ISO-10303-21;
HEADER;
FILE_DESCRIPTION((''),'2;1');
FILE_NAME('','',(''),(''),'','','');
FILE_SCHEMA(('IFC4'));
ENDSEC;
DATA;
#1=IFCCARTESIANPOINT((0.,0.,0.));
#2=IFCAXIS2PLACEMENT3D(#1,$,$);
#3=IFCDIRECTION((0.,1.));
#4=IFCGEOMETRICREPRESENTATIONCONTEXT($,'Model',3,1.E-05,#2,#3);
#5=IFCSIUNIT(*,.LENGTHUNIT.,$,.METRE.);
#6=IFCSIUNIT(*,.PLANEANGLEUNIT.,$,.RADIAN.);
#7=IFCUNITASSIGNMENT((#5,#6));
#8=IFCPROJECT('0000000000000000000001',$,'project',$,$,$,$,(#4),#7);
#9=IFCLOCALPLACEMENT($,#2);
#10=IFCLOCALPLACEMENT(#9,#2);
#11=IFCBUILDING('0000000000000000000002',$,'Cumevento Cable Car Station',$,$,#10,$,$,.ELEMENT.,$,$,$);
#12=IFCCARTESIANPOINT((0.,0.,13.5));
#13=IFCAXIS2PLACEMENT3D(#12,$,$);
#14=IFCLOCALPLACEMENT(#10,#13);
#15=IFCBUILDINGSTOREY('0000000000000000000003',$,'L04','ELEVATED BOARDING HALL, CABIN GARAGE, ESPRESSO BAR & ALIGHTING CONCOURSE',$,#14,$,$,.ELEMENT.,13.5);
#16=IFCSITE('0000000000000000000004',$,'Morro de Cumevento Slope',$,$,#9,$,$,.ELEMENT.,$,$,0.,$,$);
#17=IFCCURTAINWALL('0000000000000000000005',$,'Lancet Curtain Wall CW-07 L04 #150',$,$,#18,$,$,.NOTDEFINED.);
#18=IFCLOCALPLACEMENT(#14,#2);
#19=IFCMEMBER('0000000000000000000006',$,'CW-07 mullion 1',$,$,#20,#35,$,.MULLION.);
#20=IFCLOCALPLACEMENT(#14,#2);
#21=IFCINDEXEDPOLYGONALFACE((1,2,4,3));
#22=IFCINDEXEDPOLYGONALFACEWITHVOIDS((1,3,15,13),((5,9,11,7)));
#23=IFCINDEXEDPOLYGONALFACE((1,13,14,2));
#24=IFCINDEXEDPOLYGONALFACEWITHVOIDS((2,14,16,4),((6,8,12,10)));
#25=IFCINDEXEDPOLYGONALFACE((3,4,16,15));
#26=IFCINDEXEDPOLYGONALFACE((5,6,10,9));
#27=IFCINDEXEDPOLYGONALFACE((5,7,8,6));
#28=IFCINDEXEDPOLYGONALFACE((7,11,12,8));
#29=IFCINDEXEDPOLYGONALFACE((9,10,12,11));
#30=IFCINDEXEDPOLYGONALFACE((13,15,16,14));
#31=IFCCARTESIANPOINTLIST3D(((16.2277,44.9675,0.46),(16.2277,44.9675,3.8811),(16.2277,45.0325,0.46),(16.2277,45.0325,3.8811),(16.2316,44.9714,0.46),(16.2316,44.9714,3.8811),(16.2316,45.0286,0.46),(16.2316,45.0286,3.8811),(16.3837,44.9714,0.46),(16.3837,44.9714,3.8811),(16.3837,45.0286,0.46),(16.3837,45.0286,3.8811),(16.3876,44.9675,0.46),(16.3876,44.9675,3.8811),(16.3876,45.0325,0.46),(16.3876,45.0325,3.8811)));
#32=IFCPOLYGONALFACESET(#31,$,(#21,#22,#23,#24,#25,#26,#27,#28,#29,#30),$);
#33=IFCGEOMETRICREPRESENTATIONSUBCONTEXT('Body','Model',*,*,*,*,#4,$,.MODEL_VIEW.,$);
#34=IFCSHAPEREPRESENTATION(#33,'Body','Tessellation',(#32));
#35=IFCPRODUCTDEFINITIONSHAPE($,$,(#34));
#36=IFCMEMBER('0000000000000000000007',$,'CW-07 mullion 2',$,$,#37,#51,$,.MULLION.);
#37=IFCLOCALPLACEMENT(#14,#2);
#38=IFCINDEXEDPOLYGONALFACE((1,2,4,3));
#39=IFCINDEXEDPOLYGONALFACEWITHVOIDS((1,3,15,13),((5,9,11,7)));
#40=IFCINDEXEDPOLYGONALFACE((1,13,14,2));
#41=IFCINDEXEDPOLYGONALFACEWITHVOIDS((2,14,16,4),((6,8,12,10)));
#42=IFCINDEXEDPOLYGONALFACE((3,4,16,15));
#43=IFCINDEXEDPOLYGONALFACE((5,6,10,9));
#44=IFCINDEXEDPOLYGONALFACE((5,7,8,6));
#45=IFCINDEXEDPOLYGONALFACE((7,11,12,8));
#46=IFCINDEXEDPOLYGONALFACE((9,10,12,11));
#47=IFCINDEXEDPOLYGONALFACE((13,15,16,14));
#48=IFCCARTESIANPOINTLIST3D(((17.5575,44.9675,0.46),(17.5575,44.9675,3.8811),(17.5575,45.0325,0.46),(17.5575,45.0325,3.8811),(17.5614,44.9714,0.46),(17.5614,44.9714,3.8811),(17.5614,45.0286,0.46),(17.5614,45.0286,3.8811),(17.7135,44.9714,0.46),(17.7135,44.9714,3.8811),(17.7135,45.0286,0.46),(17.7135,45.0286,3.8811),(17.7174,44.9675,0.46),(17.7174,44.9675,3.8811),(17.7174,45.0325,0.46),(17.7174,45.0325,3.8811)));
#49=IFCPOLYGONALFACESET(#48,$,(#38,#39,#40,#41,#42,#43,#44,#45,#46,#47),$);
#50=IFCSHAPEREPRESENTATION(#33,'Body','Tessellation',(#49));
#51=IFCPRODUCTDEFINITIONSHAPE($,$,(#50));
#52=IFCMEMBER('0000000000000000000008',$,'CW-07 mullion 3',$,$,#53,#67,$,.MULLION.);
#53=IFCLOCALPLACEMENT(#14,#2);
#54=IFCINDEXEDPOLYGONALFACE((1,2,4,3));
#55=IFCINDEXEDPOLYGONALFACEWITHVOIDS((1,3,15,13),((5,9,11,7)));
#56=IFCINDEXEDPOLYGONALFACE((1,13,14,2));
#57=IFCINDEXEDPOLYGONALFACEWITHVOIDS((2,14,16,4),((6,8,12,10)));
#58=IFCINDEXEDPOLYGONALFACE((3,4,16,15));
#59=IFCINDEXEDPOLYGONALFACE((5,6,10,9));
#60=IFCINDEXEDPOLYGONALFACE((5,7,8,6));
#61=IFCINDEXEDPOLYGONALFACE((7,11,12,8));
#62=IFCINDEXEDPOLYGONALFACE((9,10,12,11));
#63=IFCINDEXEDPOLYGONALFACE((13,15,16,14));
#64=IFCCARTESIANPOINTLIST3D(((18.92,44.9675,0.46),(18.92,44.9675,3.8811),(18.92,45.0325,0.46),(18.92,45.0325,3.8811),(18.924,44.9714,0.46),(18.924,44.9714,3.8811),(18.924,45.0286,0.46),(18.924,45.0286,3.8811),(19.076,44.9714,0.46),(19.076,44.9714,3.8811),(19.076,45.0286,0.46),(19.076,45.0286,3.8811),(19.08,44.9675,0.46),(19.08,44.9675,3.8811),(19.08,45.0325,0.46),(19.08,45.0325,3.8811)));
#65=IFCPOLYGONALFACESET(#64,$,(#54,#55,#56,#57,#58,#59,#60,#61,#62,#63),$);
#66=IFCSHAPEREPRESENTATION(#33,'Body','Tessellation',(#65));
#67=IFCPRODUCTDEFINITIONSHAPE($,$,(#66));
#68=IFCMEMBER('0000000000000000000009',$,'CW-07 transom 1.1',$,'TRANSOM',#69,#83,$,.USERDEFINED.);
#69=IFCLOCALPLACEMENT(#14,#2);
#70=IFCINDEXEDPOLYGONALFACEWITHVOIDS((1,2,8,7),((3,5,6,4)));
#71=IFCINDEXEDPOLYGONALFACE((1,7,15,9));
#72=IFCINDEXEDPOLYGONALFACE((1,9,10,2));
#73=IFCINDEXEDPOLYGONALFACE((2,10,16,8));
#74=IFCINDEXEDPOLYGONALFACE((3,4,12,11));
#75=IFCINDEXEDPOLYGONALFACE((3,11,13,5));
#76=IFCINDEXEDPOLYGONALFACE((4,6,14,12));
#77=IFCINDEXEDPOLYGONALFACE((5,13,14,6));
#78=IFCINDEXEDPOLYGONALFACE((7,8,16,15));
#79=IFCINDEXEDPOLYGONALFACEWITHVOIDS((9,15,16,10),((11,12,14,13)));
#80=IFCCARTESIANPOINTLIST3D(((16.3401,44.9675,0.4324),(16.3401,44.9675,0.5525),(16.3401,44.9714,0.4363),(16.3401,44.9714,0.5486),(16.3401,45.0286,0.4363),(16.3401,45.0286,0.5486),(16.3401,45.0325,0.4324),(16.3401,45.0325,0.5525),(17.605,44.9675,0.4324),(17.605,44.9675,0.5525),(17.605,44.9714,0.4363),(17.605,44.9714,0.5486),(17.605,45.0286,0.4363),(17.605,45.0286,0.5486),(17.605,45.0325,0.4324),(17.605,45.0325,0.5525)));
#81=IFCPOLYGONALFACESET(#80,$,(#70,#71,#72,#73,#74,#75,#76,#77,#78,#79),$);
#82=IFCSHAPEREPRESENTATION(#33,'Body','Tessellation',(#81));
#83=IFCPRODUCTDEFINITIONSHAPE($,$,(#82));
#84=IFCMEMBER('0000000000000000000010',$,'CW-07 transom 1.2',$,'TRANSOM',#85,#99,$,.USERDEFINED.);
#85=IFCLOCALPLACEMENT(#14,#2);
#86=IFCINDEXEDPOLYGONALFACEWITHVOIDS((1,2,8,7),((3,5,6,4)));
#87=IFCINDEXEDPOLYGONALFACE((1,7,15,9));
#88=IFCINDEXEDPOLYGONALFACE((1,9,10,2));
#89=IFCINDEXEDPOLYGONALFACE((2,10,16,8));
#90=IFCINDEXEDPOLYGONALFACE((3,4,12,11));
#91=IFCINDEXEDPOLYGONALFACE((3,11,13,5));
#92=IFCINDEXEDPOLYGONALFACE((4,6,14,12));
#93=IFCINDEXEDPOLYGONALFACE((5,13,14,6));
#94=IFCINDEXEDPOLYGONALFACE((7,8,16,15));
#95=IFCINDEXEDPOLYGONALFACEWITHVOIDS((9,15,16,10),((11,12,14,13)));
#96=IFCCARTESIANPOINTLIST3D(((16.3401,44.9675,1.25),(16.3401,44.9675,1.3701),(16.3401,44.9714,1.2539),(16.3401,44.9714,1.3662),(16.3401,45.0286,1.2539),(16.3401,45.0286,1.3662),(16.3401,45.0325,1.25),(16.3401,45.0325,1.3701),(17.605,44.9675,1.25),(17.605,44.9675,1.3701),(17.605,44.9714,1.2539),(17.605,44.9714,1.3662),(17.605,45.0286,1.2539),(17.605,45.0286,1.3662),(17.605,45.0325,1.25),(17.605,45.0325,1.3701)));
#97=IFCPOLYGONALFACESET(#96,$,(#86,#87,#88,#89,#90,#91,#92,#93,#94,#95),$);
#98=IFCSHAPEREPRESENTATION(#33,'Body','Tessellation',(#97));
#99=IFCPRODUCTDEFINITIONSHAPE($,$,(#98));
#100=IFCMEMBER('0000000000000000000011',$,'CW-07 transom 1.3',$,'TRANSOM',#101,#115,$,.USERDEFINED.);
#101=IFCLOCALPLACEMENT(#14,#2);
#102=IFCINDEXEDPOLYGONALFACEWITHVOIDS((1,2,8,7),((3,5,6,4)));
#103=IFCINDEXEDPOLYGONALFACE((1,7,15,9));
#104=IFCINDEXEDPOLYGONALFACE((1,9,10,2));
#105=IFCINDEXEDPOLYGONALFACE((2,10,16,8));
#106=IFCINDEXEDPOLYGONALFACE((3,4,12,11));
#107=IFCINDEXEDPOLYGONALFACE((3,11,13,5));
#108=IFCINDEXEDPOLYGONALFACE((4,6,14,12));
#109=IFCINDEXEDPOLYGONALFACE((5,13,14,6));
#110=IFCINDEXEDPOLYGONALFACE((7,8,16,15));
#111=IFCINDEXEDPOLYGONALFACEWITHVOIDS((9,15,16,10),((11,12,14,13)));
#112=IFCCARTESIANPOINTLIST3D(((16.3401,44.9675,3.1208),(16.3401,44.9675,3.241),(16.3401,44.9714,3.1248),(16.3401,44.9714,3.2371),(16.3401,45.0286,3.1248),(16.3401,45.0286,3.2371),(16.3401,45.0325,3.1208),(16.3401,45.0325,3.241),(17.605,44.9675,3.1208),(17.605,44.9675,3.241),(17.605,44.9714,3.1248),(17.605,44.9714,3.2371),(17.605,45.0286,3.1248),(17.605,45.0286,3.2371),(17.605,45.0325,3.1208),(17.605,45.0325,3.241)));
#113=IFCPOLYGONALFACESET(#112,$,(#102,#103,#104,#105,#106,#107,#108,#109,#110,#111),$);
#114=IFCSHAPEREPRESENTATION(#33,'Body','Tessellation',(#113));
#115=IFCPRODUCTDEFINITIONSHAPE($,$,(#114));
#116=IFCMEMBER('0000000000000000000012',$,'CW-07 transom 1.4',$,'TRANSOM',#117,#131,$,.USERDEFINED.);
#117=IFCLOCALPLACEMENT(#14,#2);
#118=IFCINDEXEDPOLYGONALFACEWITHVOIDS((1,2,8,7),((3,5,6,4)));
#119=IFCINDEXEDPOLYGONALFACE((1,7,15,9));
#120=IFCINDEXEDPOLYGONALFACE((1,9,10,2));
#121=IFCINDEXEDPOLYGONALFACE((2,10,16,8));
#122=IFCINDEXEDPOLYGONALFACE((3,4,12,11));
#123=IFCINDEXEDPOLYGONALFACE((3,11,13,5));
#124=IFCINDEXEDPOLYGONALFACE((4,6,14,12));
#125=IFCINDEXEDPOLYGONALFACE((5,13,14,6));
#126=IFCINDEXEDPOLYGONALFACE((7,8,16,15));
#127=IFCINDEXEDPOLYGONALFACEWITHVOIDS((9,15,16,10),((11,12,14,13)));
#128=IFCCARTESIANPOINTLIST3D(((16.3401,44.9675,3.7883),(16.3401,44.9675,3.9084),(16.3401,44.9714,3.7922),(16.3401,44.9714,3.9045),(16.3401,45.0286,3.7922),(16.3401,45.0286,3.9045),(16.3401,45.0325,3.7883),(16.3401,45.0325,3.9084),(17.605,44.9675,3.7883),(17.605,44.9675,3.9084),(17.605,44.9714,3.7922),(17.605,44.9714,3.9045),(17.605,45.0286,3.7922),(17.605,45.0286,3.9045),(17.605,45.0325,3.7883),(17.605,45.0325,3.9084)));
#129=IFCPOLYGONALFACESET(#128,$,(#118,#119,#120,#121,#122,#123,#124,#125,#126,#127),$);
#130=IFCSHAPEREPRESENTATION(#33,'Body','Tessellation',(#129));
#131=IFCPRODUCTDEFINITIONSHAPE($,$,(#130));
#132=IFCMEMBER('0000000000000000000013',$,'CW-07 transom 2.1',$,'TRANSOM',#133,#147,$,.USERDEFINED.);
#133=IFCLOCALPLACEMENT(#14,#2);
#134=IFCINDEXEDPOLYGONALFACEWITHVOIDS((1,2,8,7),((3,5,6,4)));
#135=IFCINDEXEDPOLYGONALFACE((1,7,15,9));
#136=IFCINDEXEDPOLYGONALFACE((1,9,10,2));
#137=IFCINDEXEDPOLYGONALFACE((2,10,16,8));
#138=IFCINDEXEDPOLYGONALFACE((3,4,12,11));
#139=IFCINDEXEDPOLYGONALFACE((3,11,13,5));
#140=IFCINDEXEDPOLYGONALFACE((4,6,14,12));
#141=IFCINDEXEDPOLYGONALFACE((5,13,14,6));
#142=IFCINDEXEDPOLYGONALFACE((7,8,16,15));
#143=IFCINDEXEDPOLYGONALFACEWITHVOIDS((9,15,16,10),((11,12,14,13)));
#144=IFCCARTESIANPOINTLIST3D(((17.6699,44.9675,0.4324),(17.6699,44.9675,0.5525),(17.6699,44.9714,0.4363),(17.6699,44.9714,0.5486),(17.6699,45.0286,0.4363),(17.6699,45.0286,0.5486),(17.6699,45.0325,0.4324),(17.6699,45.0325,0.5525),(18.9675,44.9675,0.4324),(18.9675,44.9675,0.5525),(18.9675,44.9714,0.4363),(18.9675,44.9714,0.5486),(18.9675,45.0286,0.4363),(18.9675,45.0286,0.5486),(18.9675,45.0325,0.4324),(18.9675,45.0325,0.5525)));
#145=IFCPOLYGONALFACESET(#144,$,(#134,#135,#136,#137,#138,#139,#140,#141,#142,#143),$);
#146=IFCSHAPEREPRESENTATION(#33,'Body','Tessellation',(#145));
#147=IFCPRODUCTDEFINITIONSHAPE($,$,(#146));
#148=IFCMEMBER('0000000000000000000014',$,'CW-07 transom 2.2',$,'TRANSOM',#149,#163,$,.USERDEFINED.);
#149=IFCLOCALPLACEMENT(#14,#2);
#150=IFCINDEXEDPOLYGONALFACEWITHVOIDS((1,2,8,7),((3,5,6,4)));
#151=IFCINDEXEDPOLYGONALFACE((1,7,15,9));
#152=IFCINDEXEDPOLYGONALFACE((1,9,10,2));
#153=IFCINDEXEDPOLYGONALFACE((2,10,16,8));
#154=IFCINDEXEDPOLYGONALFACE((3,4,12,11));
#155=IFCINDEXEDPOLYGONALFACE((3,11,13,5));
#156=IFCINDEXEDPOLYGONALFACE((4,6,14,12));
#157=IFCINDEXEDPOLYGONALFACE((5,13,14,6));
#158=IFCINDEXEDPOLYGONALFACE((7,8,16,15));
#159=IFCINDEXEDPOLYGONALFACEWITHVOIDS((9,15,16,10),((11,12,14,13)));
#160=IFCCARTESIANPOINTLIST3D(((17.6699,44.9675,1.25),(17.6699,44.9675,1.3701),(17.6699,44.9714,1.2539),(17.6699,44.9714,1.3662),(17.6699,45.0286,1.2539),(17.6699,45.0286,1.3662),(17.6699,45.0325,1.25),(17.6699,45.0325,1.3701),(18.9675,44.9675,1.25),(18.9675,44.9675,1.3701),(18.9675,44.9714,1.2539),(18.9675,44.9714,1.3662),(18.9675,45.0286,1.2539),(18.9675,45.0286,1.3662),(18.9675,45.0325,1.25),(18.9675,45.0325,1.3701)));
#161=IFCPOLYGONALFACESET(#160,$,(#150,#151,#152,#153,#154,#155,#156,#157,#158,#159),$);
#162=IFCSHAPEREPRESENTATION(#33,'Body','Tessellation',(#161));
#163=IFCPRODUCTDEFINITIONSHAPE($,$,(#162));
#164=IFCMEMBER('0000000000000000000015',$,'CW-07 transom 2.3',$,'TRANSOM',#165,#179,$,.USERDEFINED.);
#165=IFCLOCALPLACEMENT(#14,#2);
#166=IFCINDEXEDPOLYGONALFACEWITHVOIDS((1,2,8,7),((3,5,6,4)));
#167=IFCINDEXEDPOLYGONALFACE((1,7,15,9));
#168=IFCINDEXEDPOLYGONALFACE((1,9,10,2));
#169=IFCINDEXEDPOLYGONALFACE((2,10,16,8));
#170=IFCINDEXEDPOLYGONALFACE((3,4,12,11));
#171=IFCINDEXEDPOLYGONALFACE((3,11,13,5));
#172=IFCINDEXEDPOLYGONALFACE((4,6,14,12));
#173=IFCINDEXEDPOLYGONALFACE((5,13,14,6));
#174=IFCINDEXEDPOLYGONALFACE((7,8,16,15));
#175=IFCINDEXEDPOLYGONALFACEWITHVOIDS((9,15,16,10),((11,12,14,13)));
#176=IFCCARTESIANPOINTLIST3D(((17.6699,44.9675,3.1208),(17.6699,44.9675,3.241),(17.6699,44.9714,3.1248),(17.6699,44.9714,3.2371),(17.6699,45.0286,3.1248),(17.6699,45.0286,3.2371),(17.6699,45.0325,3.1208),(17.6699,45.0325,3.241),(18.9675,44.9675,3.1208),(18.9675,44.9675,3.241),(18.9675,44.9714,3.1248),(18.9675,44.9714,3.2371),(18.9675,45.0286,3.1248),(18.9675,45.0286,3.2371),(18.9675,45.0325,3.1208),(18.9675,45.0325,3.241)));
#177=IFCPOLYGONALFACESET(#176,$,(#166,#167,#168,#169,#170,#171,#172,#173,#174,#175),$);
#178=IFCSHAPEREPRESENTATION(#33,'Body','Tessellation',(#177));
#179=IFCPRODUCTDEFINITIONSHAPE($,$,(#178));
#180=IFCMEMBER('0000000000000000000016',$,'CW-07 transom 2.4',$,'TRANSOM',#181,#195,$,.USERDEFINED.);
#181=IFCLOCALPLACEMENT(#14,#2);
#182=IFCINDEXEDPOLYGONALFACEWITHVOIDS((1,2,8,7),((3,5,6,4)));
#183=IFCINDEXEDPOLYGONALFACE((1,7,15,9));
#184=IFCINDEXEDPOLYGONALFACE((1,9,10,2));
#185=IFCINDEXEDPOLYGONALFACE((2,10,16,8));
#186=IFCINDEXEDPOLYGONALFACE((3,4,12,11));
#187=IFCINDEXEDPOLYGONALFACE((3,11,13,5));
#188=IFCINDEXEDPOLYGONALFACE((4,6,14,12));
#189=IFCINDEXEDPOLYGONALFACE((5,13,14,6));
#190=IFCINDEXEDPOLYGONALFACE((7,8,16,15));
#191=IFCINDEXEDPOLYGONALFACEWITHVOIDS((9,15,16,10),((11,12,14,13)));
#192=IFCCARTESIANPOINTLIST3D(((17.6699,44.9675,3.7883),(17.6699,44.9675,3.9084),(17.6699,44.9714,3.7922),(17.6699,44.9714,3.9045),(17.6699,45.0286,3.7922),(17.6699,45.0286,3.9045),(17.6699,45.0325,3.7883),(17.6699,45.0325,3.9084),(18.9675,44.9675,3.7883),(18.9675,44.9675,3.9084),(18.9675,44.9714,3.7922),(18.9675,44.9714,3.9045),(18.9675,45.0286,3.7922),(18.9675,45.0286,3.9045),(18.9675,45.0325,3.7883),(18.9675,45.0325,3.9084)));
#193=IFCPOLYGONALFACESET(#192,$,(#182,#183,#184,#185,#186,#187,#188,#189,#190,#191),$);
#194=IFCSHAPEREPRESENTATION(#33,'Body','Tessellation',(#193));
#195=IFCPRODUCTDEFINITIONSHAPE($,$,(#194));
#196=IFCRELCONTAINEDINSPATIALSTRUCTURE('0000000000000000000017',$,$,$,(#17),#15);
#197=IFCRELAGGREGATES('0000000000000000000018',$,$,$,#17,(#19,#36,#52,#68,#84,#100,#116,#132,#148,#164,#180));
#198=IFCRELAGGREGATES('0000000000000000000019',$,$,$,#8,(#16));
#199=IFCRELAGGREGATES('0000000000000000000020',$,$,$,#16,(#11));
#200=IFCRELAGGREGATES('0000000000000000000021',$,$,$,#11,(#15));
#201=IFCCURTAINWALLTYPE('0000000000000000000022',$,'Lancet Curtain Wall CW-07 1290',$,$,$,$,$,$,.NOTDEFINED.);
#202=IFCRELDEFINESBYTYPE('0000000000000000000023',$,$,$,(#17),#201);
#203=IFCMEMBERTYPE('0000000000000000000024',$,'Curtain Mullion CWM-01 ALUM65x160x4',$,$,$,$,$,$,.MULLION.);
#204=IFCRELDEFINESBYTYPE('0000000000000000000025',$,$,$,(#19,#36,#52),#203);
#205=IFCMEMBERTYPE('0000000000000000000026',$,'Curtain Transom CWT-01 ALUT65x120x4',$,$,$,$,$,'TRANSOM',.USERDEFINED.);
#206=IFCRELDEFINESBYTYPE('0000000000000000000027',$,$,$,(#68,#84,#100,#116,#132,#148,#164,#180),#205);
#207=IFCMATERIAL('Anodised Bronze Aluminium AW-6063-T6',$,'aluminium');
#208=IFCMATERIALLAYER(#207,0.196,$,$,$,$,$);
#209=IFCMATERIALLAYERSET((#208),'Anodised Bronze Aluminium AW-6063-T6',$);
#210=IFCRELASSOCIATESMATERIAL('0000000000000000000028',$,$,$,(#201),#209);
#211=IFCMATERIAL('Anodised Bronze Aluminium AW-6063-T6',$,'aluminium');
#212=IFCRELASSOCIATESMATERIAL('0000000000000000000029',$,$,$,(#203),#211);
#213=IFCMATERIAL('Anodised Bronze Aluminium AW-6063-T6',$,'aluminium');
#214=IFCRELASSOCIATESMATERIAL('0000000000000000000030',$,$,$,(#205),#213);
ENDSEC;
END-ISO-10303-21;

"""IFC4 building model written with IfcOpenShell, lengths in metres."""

from ifc_helpers import new_model, si_unit, direction, frame, origin, origin_2d, place, context, subcontext, project, spatial, hollow_rectangle, extrude, material, layer, layer_set, material_profile, profile_set, type_object, element, aggregate, save


model = new_model("IFC4")

# Units and contexts
model_context = context("Model", 3, precision=1e-05, world=origin(), true_north=direction((0.0, 1.0)))
body_context = subcontext(model_context, "Body", "Model", "MODEL_VIEW")
ifc_project = project(units=[si_unit("LENGTHUNIT", "METRE"), si_unit("PLANEANGLEUNIT", "RADIAN")], contexts=[model_context])

# Site, building, storey
site_placement = place(None, origin())
site = spatial("IfcSite", under=ifc_project, at=site_placement, Name="Morro de Cumevento Slope", CompositionType="ELEMENT", RefElevation=0.0)
building_placement = place(site_placement, origin())
building = spatial("IfcBuilding", under=site, at=building_placement, Name="Cumevento Cable Car Station", CompositionType="ELEMENT")
storey_placement = place(building_placement, frame((0.0, 0.0, 13.5)))
storey = spatial("IfcBuildingStorey", under=building, at=storey_placement, Name="L04", Description="ELEVATED BOARDING HALL, CABIN GARAGE, ESPRESSO BAR & ALIGHTING CONCOURSE", CompositionType="ELEMENT", Elevation=13.5)

# Curtain wall, members
ifc_material_1 = material(Name="Anodised Bronze Aluminium AW-6063-T6", Category="aluminium")
ifc_layer_1 = layer(ifc_material_1, 0.196)
ifc_layer_set_1 = layer_set([ifc_layer_1], Name="Anodised Bronze Aluminium AW-6063-T6")
curtain_wall_type = type_object("IfcCurtainWallType", Name="Lancet Curtain Wall CW-07 1290", PredefinedType="NOTDEFINED", material=ifc_layer_set_1)
curtain_wall_placement = place(storey_placement, origin())
curtain_wall = element("IfcCurtainWall", 1, at=curtain_wall_placement, inside=storey, type_object=curtain_wall_type, Name="Lancet Curtain Wall CW-07 L04 #150", PredefinedType="NOTDEFINED")
ifc_material_2 = material(Name="Anodised Bronze Aluminium AW-6063-T6", Category="aluminium")
ifc_material_profile_1 = material_profile(ifc_material_2, hollow_rectangle(XDim=0.0649, YDim=0.1599, WallThickness=0.0039, at=origin_2d()), Name="ALUM65x160x4")
ifc_profile_set_1 = profile_set([ifc_material_profile_1], Name="Anodised Bronze Aluminium AW-6063-T6")
member_type_1 = type_object("IfcMemberType", Name="Curtain Mullion CWM-01 ALUM65x160x4", PredefinedType="MULLION", material=ifc_profile_set_1)
member_1_placement = place(storey_placement, frame((16.3076, 45.0, 0.46), z_axis=(0.0, 0.0, 1.0), x_axis=(0.0, 1.0, 0.0)))
member_1 = element("IfcMember", 2, at=member_1_placement, type_object=member_type_1, Name="CW-07 mullion 1", PredefinedType="MULLION", context=body_context, shape_type="SweptSolid", body=[
    extrude(hollow_rectangle(XDim=0.0649, YDim=0.1599, WallThickness=0.0039, at=origin_2d()), origin(), (0.0, 0.0, 1.0), 3.4211),
])
member_2_placement = place(storey_placement, frame((17.6375, 45.0, 0.46), z_axis=(0.0, 0.0, 1.0), x_axis=(0.0, 1.0, 0.0)))
member_2 = element("IfcMember", 3, at=member_2_placement, type_object=member_type_1, Name="CW-07 mullion 2", PredefinedType="MULLION", context=body_context, shape_type="SweptSolid", body=[
    extrude(hollow_rectangle(XDim=0.0649, YDim=0.1599, WallThickness=0.0039, at=origin_2d()), origin(), (0.0, 0.0, 1.0), 3.4211),
])
member_3_placement = place(storey_placement, frame((19.0, 45.0, 0.46), z_axis=(0.0, 0.0, 1.0), x_axis=(0.0, 1.0, 0.0)))
member_3 = element("IfcMember", 4, at=member_3_placement, type_object=member_type_1, Name="CW-07 mullion 3", PredefinedType="MULLION", context=body_context, shape_type="SweptSolid", body=[
    extrude(hollow_rectangle(XDim=0.0649, YDim=0.1599, WallThickness=0.0039, at=origin_2d()), origin(), (0.0, 0.0, 1.0), 3.4211),
])
ifc_material_3 = material(Name="Anodised Bronze Aluminium AW-6063-T6", Category="aluminium")
ifc_material_profile_2 = material_profile(ifc_material_3, hollow_rectangle(XDim=0.0649, YDim=0.1201, WallThickness=0.0039, at=origin_2d()), Name="ALUT65x120x4")
ifc_profile_set_2 = profile_set([ifc_material_profile_2], Name="Anodised Bronze Aluminium AW-6063-T6")
member_type_2 = type_object("IfcMemberType", Name="Curtain Transom CWT-01 ALUT65x120x4", ElementType="TRANSOM", PredefinedType="USERDEFINED", material=ifc_profile_set_2)
member_4_placement = place(storey_placement, frame((16.3401, 45.0, 0.4924), z_axis=(1.0, 0.0, 0.0), x_axis=(0.0, 1.0, 0.0)))
member_4 = element("IfcMember", 5, at=member_4_placement, type_object=member_type_2, Name="CW-07 transom 1.1", ObjectType="TRANSOM", PredefinedType="USERDEFINED", context=body_context, shape_type="SweptSolid", body=[
    extrude(hollow_rectangle(XDim=0.0649, YDim=0.1201, WallThickness=0.0039, at=origin_2d()), origin(), (0.0, 0.0, 1.0), 1.2649),
])
member_5_placement = place(storey_placement, frame((16.3401, 45.0, 1.3101), z_axis=(1.0, 0.0, 0.0), x_axis=(0.0, 1.0, 0.0)))
member_5 = element("IfcMember", 6, at=member_5_placement, type_object=member_type_2, Name="CW-07 transom 1.2", ObjectType="TRANSOM", PredefinedType="USERDEFINED", context=body_context, shape_type="SweptSolid", body=[
    extrude(hollow_rectangle(XDim=0.0649, YDim=0.1201, WallThickness=0.0039, at=origin_2d()), origin(), (0.0, 0.0, 1.0), 1.2649),
])
member_6_placement = place(storey_placement, frame((16.3401, 45.0, 3.1809), z_axis=(1.0, 0.0, 0.0), x_axis=(0.0, 1.0, 0.0)))
member_6 = element("IfcMember", 7, at=member_6_placement, type_object=member_type_2, Name="CW-07 transom 1.3", ObjectType="TRANSOM", PredefinedType="USERDEFINED", context=body_context, shape_type="SweptSolid", body=[
    extrude(hollow_rectangle(XDim=0.0649, YDim=0.1201, WallThickness=0.0039, at=origin_2d()), origin(), (0.0, 0.0, 1.0), 1.2649),
])
member_7_placement = place(storey_placement, frame((16.3401, 45.0, 3.8484), z_axis=(1.0, 0.0, 0.0), x_axis=(0.0, 1.0, 0.0)))
member_7 = element("IfcMember", 8, at=member_7_placement, type_object=member_type_2, Name="CW-07 transom 1.4", ObjectType="TRANSOM", PredefinedType="USERDEFINED", context=body_context, shape_type="SweptSolid", body=[
    extrude(hollow_rectangle(XDim=0.0649, YDim=0.1201, WallThickness=0.0039, at=origin_2d()), origin(), (0.0, 0.0, 1.0), 1.2649),
])
member_8_placement = place(storey_placement, frame((17.6699, 45.0, 0.4924), z_axis=(1.0, 0.0, 0.0), x_axis=(0.0, 1.0, 0.0)))
member_8 = element("IfcMember", 9, at=member_8_placement, type_object=member_type_2, Name="CW-07 transom 2.1", ObjectType="TRANSOM", PredefinedType="USERDEFINED", context=body_context, shape_type="SweptSolid", body=[
    extrude(hollow_rectangle(XDim=0.0649, YDim=0.1201, WallThickness=0.0039, at=origin_2d()), origin(), (0.0, 0.0, 1.0), 1.2976),
])
member_9_placement = place(storey_placement, frame((17.6699, 45.0, 1.3101), z_axis=(1.0, 0.0, 0.0), x_axis=(0.0, 1.0, 0.0)))
member_9 = element("IfcMember", 10, at=member_9_placement, type_object=member_type_2, Name="CW-07 transom 2.2", ObjectType="TRANSOM", PredefinedType="USERDEFINED", context=body_context, shape_type="SweptSolid", body=[
    extrude(hollow_rectangle(XDim=0.0649, YDim=0.1201, WallThickness=0.0039, at=origin_2d()), origin(), (0.0, 0.0, 1.0), 1.2976),
])
member_10_placement = place(storey_placement, frame((17.6699, 45.0, 3.1809), z_axis=(1.0, 0.0, 0.0), x_axis=(0.0, 1.0, 0.0)))
member_10 = element("IfcMember", 11, at=member_10_placement, type_object=member_type_2, Name="CW-07 transom 2.3", ObjectType="TRANSOM", PredefinedType="USERDEFINED", context=body_context, shape_type="SweptSolid", body=[
    extrude(hollow_rectangle(XDim=0.0649, YDim=0.1201, WallThickness=0.0039, at=origin_2d()), origin(), (0.0, 0.0, 1.0), 1.2976),
])
member_11_placement = place(storey_placement, frame((17.6699, 45.0, 3.8484), z_axis=(1.0, 0.0, 0.0), x_axis=(0.0, 1.0, 0.0)))
member_11 = element("IfcMember", 12, at=member_11_placement, type_object=member_type_2, Name="CW-07 transom 2.4", ObjectType="TRANSOM", PredefinedType="USERDEFINED", context=body_context, shape_type="SweptSolid", body=[
    extrude(hollow_rectangle(XDim=0.0649, YDim=0.1201, WallThickness=0.0039, at=origin_2d()), origin(), (0.0, 0.0, 1.0), 1.2976),
])
aggregate(curtain_wall, [member_1, member_2, member_3, member_4, member_5, member_6, member_7, member_8, member_9, member_10, member_11])

save(model, "model.ifc")
